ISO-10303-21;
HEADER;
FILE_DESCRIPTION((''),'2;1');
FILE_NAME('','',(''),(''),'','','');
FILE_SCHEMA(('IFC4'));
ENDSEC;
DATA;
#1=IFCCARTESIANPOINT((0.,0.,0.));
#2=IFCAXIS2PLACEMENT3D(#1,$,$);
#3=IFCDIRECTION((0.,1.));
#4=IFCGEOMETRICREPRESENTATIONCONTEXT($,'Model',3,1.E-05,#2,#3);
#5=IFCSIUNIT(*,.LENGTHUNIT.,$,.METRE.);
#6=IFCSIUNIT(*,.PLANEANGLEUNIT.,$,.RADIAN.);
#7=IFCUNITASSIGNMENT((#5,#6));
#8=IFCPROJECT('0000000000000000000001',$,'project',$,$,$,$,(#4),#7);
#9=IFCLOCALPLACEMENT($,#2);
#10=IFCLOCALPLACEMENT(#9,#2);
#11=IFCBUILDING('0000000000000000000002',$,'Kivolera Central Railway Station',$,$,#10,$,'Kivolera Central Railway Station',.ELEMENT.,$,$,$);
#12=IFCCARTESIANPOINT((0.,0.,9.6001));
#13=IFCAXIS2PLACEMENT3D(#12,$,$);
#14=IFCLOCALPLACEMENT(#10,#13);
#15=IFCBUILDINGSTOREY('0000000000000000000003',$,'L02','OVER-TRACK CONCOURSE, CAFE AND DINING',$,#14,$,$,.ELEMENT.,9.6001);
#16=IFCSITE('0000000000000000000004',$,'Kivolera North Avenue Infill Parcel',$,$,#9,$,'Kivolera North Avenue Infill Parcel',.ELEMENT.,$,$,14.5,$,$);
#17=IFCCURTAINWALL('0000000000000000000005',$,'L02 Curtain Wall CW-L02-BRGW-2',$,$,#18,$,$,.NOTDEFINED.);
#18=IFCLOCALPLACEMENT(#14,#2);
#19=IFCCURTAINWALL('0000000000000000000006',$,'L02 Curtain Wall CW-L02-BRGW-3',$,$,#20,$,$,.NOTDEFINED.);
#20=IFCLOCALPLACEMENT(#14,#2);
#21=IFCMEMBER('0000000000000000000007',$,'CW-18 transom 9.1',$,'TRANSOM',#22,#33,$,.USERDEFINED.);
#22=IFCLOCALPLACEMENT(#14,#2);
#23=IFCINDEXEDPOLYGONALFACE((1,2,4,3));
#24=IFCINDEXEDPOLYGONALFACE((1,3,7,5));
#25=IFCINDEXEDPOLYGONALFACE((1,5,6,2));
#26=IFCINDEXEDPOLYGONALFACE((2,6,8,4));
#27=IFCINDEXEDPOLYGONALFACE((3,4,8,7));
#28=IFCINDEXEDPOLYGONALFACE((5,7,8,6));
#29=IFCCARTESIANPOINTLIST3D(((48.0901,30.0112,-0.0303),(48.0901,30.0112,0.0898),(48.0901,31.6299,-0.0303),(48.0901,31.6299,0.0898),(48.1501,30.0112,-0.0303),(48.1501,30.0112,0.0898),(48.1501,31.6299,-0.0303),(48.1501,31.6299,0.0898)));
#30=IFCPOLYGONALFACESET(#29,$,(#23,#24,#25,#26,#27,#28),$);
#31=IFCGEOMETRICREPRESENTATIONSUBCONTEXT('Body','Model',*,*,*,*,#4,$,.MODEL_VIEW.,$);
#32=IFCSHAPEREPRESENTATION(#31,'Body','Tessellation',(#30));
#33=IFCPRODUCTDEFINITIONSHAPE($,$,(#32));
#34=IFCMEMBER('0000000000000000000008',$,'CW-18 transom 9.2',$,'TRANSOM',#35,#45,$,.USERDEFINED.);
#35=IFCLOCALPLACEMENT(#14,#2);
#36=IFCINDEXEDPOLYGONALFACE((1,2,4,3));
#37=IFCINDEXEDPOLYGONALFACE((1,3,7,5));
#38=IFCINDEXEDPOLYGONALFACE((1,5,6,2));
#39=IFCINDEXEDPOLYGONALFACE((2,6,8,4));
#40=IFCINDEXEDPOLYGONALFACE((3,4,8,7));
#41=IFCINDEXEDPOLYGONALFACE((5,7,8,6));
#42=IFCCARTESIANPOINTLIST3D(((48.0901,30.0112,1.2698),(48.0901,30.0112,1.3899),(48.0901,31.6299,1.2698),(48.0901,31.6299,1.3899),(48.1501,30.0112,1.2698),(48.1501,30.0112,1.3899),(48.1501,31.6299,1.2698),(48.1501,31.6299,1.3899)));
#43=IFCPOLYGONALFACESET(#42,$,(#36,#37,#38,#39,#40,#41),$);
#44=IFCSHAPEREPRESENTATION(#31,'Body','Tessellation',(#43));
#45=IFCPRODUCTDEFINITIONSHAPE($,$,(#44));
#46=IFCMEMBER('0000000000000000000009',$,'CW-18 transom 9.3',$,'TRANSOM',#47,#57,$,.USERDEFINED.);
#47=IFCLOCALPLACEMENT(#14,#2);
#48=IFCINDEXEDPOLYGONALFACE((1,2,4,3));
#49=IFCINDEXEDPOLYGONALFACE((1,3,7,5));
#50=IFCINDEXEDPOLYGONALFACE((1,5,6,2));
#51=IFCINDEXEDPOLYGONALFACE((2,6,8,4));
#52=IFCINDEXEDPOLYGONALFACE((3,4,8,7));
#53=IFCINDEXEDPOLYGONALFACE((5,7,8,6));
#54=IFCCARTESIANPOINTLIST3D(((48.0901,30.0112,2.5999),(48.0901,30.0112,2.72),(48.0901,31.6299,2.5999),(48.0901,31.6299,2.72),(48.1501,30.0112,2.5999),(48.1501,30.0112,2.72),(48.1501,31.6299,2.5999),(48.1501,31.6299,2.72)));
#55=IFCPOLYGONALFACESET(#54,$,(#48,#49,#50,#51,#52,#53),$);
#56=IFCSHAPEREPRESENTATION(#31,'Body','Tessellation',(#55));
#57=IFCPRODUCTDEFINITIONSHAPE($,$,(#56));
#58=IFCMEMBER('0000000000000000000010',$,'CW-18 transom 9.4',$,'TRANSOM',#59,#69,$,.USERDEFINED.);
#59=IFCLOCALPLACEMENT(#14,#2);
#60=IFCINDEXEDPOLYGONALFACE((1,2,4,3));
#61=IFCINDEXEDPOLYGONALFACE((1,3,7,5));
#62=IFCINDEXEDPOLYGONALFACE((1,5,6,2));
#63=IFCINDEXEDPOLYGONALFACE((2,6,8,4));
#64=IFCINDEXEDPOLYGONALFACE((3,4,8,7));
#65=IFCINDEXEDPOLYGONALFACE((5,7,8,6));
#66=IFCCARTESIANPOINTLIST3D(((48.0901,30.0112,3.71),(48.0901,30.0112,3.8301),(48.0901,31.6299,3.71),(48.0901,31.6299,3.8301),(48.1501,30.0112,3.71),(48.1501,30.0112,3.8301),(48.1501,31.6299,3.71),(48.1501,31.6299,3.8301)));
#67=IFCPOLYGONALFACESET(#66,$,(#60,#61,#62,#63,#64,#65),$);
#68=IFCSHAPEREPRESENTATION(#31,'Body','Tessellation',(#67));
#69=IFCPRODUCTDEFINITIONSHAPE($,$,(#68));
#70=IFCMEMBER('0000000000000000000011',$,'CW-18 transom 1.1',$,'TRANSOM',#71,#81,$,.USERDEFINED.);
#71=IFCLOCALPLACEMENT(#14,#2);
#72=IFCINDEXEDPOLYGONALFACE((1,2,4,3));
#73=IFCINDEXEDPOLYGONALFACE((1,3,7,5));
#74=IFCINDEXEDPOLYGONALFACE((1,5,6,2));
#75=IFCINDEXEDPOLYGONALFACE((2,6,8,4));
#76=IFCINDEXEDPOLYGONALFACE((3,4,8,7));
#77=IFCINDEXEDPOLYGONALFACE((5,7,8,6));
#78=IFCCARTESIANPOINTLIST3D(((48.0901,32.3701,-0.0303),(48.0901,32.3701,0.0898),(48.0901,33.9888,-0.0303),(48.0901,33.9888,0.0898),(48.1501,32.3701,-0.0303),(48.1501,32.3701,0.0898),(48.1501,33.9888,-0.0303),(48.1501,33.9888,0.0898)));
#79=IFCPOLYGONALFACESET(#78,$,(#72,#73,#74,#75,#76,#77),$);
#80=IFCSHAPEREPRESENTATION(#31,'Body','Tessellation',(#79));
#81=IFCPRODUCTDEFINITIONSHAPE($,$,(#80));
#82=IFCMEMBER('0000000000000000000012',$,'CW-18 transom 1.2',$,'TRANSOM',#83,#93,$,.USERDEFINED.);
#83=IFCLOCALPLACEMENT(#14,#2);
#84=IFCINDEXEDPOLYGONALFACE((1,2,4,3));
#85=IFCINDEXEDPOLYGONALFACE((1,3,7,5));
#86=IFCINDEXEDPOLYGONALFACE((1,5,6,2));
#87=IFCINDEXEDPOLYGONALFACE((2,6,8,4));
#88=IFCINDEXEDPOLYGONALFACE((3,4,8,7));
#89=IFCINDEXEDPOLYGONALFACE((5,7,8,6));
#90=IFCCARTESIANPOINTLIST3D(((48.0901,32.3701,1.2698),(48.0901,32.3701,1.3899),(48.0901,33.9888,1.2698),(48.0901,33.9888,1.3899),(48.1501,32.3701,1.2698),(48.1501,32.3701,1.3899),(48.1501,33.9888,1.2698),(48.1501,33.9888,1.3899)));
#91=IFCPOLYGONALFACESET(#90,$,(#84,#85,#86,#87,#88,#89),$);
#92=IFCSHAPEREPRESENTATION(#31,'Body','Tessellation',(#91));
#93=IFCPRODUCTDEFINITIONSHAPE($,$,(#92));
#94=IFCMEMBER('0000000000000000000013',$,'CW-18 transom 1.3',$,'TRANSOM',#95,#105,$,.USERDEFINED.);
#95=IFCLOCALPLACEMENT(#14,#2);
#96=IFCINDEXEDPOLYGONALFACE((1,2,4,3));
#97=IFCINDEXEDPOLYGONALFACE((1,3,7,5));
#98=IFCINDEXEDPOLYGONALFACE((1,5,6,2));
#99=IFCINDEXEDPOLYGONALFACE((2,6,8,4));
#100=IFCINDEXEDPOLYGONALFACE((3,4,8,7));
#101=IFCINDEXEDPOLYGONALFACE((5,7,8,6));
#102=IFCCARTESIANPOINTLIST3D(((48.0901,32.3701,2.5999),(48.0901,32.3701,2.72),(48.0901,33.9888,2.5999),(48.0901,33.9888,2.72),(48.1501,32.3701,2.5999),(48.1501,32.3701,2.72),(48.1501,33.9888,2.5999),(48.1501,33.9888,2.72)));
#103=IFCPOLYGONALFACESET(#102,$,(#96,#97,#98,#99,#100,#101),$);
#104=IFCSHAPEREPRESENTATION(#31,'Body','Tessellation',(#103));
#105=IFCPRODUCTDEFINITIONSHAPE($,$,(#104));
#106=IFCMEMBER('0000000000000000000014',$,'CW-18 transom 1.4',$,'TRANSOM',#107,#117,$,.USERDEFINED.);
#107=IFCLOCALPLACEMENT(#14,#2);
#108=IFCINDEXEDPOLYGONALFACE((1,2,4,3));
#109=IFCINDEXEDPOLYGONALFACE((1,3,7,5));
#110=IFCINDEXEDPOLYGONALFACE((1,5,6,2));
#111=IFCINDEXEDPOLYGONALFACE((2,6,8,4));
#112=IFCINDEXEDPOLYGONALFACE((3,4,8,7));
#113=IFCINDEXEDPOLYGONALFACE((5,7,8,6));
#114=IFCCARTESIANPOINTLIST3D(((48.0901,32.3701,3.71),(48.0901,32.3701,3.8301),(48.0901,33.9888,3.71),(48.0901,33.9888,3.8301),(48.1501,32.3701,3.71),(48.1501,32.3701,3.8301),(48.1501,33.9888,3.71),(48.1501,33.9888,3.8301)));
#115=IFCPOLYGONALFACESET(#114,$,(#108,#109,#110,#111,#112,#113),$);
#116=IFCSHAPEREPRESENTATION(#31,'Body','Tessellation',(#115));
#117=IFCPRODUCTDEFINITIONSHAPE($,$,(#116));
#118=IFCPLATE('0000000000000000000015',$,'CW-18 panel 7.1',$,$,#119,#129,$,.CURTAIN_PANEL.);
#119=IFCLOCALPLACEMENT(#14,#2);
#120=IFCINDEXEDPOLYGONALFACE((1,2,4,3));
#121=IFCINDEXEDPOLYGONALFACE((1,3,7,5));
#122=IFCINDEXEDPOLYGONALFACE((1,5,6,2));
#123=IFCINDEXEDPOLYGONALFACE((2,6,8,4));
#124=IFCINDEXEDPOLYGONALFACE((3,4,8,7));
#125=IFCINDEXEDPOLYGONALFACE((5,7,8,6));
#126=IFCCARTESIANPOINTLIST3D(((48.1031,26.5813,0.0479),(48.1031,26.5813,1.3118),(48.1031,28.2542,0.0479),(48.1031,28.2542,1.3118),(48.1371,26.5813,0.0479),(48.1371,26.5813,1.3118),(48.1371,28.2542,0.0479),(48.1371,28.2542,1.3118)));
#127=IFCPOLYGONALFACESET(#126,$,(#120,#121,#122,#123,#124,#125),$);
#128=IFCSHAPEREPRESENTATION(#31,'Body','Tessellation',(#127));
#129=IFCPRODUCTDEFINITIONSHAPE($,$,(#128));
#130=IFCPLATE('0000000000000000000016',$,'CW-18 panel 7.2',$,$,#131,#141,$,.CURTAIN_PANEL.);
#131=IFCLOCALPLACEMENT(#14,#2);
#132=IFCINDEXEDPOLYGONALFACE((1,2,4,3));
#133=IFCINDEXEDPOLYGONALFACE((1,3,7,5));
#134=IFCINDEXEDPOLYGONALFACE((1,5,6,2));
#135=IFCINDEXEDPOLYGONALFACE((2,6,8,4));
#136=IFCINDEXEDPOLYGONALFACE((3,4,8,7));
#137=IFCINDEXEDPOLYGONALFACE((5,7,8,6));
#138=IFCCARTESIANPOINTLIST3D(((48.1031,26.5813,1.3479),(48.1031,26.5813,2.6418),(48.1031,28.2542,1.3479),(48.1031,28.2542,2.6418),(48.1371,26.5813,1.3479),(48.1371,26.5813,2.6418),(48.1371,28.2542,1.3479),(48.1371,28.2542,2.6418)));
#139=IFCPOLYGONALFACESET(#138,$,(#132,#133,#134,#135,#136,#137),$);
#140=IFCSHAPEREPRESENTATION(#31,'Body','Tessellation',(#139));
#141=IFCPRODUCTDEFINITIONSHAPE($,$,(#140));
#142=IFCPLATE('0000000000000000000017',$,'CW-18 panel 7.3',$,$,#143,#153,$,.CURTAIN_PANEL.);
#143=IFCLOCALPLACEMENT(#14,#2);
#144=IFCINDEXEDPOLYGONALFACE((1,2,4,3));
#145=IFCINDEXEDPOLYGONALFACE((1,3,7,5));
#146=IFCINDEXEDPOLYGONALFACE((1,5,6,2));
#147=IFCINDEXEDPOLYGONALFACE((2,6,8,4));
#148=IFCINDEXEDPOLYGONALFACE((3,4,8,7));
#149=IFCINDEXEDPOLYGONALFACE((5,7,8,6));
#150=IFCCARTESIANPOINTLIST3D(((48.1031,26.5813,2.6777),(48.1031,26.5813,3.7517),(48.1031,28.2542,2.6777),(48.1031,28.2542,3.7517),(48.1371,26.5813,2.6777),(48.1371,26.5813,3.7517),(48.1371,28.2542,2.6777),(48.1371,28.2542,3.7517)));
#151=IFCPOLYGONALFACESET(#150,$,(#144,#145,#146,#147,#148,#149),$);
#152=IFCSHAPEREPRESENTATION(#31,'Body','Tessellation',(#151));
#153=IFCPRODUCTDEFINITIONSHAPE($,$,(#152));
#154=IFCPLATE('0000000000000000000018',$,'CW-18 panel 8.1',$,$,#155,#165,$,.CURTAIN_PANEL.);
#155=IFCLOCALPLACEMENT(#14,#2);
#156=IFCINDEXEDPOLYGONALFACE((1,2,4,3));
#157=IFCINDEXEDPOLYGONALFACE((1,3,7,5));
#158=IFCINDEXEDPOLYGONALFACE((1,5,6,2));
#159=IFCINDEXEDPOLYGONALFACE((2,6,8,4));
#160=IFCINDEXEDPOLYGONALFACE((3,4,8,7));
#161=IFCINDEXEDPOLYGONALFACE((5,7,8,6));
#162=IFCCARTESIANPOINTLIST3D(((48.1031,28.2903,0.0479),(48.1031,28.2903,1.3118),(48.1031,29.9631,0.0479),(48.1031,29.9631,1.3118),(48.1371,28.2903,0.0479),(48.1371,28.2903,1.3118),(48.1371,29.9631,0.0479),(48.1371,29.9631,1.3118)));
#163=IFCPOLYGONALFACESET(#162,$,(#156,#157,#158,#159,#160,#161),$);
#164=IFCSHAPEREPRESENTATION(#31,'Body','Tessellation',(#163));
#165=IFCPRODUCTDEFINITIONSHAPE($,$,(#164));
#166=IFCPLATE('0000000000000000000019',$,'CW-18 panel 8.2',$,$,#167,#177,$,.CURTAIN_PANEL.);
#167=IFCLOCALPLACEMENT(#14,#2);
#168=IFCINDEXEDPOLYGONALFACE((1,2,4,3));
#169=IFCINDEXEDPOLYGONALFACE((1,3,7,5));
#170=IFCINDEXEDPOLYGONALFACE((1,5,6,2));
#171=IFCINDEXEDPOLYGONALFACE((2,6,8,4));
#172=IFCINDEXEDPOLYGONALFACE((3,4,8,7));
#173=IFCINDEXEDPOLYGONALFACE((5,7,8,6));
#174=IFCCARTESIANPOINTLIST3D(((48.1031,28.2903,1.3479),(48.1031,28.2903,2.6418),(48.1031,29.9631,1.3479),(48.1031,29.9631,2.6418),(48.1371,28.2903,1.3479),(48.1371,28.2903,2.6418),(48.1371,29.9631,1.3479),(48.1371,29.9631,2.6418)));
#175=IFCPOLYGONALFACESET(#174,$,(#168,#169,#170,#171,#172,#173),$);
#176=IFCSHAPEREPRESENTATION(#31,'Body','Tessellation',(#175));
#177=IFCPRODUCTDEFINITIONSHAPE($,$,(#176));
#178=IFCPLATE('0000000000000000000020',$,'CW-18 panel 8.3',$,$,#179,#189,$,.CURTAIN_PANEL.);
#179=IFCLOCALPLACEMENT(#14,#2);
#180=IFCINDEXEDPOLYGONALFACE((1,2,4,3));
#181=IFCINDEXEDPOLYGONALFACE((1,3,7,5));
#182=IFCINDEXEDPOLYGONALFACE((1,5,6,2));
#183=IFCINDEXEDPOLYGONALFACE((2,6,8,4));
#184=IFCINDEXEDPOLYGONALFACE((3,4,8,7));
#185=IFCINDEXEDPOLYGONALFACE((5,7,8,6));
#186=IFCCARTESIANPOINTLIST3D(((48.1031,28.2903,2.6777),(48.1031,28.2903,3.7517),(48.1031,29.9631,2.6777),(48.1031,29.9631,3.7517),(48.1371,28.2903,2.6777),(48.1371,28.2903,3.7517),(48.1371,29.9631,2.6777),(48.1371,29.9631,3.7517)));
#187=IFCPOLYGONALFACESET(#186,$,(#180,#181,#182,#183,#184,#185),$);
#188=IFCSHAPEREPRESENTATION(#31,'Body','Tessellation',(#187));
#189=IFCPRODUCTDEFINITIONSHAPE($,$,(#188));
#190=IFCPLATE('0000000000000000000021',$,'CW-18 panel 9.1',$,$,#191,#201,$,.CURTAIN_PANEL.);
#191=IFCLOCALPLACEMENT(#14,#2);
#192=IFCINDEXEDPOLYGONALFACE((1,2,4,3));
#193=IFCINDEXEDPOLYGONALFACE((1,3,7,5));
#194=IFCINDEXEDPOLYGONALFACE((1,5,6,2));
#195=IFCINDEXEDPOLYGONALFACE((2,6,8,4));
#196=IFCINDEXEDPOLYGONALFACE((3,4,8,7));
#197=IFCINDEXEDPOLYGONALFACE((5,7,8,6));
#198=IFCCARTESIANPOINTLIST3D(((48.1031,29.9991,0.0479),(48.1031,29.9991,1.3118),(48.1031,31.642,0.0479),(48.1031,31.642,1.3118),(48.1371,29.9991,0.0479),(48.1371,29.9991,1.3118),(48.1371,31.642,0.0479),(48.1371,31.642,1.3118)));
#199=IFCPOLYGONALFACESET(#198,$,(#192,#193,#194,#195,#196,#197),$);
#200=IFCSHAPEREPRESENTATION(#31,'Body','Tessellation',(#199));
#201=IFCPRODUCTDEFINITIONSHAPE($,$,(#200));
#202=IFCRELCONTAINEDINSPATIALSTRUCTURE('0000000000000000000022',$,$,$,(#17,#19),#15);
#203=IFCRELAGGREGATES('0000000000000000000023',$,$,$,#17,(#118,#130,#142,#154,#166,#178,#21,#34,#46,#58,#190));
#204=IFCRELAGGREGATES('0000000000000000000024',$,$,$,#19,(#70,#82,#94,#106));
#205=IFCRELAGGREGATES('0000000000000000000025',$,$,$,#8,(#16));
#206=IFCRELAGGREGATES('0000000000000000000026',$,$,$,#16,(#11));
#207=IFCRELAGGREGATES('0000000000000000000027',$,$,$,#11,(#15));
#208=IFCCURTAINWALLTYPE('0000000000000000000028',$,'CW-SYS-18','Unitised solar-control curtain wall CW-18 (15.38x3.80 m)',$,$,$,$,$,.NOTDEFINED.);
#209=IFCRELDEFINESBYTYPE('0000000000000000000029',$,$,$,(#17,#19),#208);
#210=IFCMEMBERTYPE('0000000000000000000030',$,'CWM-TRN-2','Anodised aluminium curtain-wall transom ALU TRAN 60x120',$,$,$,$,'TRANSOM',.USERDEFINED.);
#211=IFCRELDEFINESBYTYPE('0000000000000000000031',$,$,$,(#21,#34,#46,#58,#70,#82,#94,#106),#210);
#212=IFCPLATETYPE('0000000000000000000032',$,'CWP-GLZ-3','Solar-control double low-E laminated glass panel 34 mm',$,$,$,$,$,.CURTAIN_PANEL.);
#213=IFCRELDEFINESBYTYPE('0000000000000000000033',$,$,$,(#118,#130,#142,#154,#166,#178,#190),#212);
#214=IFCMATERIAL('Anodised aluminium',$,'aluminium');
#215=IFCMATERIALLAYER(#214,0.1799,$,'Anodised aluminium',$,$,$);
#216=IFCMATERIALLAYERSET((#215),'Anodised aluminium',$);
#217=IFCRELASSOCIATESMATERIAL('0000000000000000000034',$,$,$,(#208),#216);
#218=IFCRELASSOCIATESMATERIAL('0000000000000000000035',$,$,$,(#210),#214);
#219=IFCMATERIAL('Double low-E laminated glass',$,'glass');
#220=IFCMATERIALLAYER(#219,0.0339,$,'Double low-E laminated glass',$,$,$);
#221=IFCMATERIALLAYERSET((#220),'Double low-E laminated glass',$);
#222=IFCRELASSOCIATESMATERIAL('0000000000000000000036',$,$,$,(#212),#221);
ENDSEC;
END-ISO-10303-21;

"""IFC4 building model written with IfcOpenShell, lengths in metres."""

from ifc_helpers import new_model, si_unit, direction, frame, origin, origin_2d, place, context, subcontext, project, spatial, rectangle, extrude, material, layer, layer_set, material_profile, profile_set, type_object, element, aggregate, save


model = new_model("IFC4")

# Units and contexts
model_context = context("Model", 3, precision=1e-05, world=origin(), true_north=direction((0.0, 1.0)))
body_context = subcontext(model_context, "Body", "Model", "MODEL_VIEW")
ifc_project = project(units=[si_unit("LENGTHUNIT", "METRE"), si_unit("PLANEANGLEUNIT", "RADIAN")], contexts=[model_context])

# Site, building, storey
site_placement = place(None, origin())
site = spatial("IfcSite", under=ifc_project, at=site_placement, Name="Kivolera North Avenue Infill Parcel", LongName="Kivolera North Avenue Infill Parcel", CompositionType="ELEMENT", RefElevation=14.5)
building_placement = place(site_placement, origin())
building = spatial("IfcBuilding", under=site, at=building_placement, Name="Kivolera Central Railway Station", LongName="Kivolera Central Railway Station", CompositionType="ELEMENT")
storey_placement = place(building_placement, frame((0.0, 0.0, 9.6001)))
storey = spatial("IfcBuildingStorey", under=building, at=storey_placement, Name="L02", Description="OVER-TRACK CONCOURSE, CAFE AND DINING", CompositionType="ELEMENT", Elevation=9.6001)

# Curtain wall
ifc_material_1 = material(Name="Anodised aluminium", Category="aluminium")
ifc_layer_1 = layer(ifc_material_1, 0.1799, Name="Anodised aluminium")
ifc_layer_set_1 = layer_set([ifc_layer_1], Name="Anodised aluminium")
curtain_wall_type = type_object("IfcCurtainWallType", Name="CW-SYS-18", Description="Unitised solar-control curtain wall CW-18 (15.38x3.80 m)", PredefinedType="NOTDEFINED", material=ifc_layer_set_1)
curtain_wall_1_placement = place(storey_placement, origin())
curtain_wall_1 = element("IfcCurtainWall", 1, at=curtain_wall_1_placement, inside=storey, type_object=curtain_wall_type, Name="L02 Curtain Wall CW-L02-BRGW-2", PredefinedType="NOTDEFINED")

# Curtain wall
curtain_wall_2_placement = place(storey_placement, origin())
curtain_wall_2 = element("IfcCurtainWall", 2, at=curtain_wall_2_placement, inside=storey, type_object=curtain_wall_type, Name="L02 Curtain Wall CW-L02-BRGW-3", PredefinedType="NOTDEFINED")

# Members
ifc_material_profile_1 = material_profile(ifc_material_1, rectangle(XDim=0.0601, YDim=0.1201, at=origin_2d()), Name="ALU TRAN 60x120")
ifc_profile_set_1 = profile_set([ifc_material_profile_1], Name="Anodised aluminium")
member_type_1 = type_object("IfcMemberType", Name="CWM-TRN-2", Description="Anodised aluminium curtain-wall transom ALU TRAN 60x120", ElementType="TRANSOM", PredefinedType="USERDEFINED", material=ifc_profile_set_1)
member_1_placement = place(storey_placement, frame((48.1201, 30.0112, 0.0298), z_axis=(0.0, 1.0, 0.0), x_axis=(-1.0, 0.0, 0.0)))
member_1 = element("IfcMember", 3, at=member_1_placement, type_object=member_type_1, Name="CW-18 transom 9.1", ObjectType="TRANSOM", PredefinedType="USERDEFINED", context=body_context, shape_type="SweptSolid", body=[
    extrude(rectangle(XDim=0.0601, YDim=0.1201, at=origin_2d()), origin(), (0.0, 0.0, 1.0), 1.6187),
])
member_2_placement = place(storey_placement, frame((48.1201, 30.0112, 1.3298), z_axis=(0.0, 1.0, 0.0), x_axis=(-1.0, 0.0, 0.0)))
member_2 = element("IfcMember", 4, at=member_2_placement, type_object=member_type_1, Name="CW-18 transom 9.2", ObjectType="TRANSOM", PredefinedType="USERDEFINED", context=body_context, shape_type="SweptSolid", body=[
    extrude(rectangle(XDim=0.0601, YDim=0.1201, at=origin_2d()), origin(), (0.0, 0.0, 1.0), 1.6187),
])
member_3_placement = place(storey_placement, frame((48.1201, 30.0112, 2.6599), z_axis=(0.0, 1.0, 0.0), x_axis=(-1.0, 0.0, 0.0)))
member_3 = element("IfcMember", 5, at=member_3_placement, type_object=member_type_1, Name="CW-18 transom 9.3", ObjectType="TRANSOM", PredefinedType="USERDEFINED", context=body_context, shape_type="SweptSolid", body=[
    extrude(rectangle(XDim=0.0601, YDim=0.1201, at=origin_2d()), origin(), (0.0, 0.0, 1.0), 1.6187),
])
member_4_placement = place(storey_placement, frame((48.1201, 30.0112, 3.77), z_axis=(0.0, 1.0, 0.0), x_axis=(-1.0, 0.0, 0.0)))
member_4 = element("IfcMember", 6, at=member_4_placement, type_object=member_type_1, Name="CW-18 transom 9.4", ObjectType="TRANSOM", PredefinedType="USERDEFINED", context=body_context, shape_type="SweptSolid", body=[
    extrude(rectangle(XDim=0.0601, YDim=0.1201, at=origin_2d()), origin(), (0.0, 0.0, 1.0), 1.6187),
])
member_5_placement = place(storey_placement, frame((48.1201, 32.3701, 0.0298), z_axis=(0.0, 1.0, 0.0), x_axis=(-1.0, 0.0, 0.0)))
member_5 = element("IfcMember", 7, at=member_5_placement, type_object=member_type_1, Name="CW-18 transom 1.1", ObjectType="TRANSOM", PredefinedType="USERDEFINED", context=body_context, shape_type="SweptSolid", body=[
    extrude(rectangle(XDim=0.0601, YDim=0.1201, at=origin_2d()), origin(), (0.0, 0.0, 1.0), 1.6187),
])
member_6_placement = place(storey_placement, frame((48.1201, 32.3701, 1.3298), z_axis=(0.0, 1.0, 0.0), x_axis=(-1.0, 0.0, 0.0)))
member_6 = element("IfcMember", 8, at=member_6_placement, type_object=member_type_1, Name="CW-18 transom 1.2", ObjectType="TRANSOM", PredefinedType="USERDEFINED", context=body_context, shape_type="SweptSolid", body=[
    extrude(rectangle(XDim=0.0601, YDim=0.1201, at=origin_2d()), origin(), (0.0, 0.0, 1.0), 1.6187),
])
member_7_placement = place(storey_placement, frame((48.1201, 32.3701, 2.6599), z_axis=(0.0, 1.0, 0.0), x_axis=(-1.0, 0.0, 0.0)))
member_7 = element("IfcMember", 9, at=member_7_placement, type_object=member_type_1, Name="CW-18 transom 1.3", ObjectType="TRANSOM", PredefinedType="USERDEFINED", context=body_context, shape_type="SweptSolid", body=[
    extrude(rectangle(XDim=0.0601, YDim=0.1201, at=origin_2d()), origin(), (0.0, 0.0, 1.0), 1.6187),
])
member_8_placement = place(storey_placement, frame((48.1201, 32.3701, 3.77), z_axis=(0.0, 1.0, 0.0), x_axis=(-1.0, 0.0, 0.0)))
member_8 = element("IfcMember", 10, at=member_8_placement, type_object=member_type_1, Name="CW-18 transom 1.4", ObjectType="TRANSOM", PredefinedType="USERDEFINED", context=body_context, shape_type="SweptSolid", body=[
    extrude(rectangle(XDim=0.0601, YDim=0.1201, at=origin_2d()), origin(), (0.0, 0.0, 1.0), 1.6187),
])

# Plates
ifc_material_2 = material(Name="Double low-E laminated glass", Category="glass")
ifc_layer_2 = layer(ifc_material_2, 0.0339, Name="Double low-E laminated glass")
ifc_layer_set_2 = layer_set([ifc_layer_2], Name="Double low-E laminated glass")
plate_type_1 = type_object("IfcPlateType", Name="CWP-GLZ-3", Description="Solar-control double low-E laminated glass panel 34 mm", PredefinedType="CURTAIN_PANEL", material=ifc_layer_set_2)
plate_1_placement = place(storey_placement, frame((48.1201, 27.4177, 0.0479), z_axis=(0.0, 0.0, 1.0), x_axis=(0.0, 1.0, 0.0)))
plate_1 = element("IfcPlate", 11, at=plate_1_placement, type_object=plate_type_1, Name="CW-18 panel 7.1", PredefinedType="CURTAIN_PANEL", context=body_context, shape_type="SweptSolid", body=[
    extrude(rectangle(XDim=1.6729, YDim=0.0339, at=origin_2d()), origin(), (0.0, 0.0, 1.0), 1.2639),
])
plate_2_placement = place(storey_placement, frame((48.1201, 27.4177, 1.3479), z_axis=(0.0, 0.0, 1.0), x_axis=(0.0, 1.0, 0.0)))
plate_2 = element("IfcPlate", 12, at=plate_2_placement, type_object=plate_type_1, Name="CW-18 panel 7.2", PredefinedType="CURTAIN_PANEL", context=body_context, shape_type="SweptSolid", body=[
    extrude(rectangle(XDim=1.6729, YDim=0.0339, at=origin_2d()), origin(), (0.0, 0.0, 1.0), 1.2939),
])
plate_3_placement = place(storey_placement, frame((48.1201, 27.4177, 2.6777), z_axis=(0.0, 0.0, 1.0), x_axis=(0.0, 1.0, 0.0)))
plate_3 = element("IfcPlate", 13, at=plate_3_placement, type_object=plate_type_1, Name="CW-18 panel 7.3", PredefinedType="CURTAIN_PANEL", context=body_context, shape_type="SweptSolid", body=[
    extrude(rectangle(XDim=1.6729, YDim=0.0339, at=origin_2d()), origin(), (0.0, 0.0, 1.0), 1.074),
])
plate_4_placement = place(storey_placement, frame((48.1201, 29.1267, 0.0479), z_axis=(0.0, 0.0, 1.0), x_axis=(0.0, 1.0, 0.0)))
plate_4 = element("IfcPlate", 14, at=plate_4_placement, type_object=plate_type_1, Name="CW-18 panel 8.1", PredefinedType="CURTAIN_PANEL", context=body_context, shape_type="SweptSolid", body=[
    extrude(rectangle(XDim=1.6729, YDim=0.0339, at=origin_2d()), origin(), (0.0, 0.0, 1.0), 1.2639),
])
plate_5_placement = place(storey_placement, frame((48.1201, 29.1267, 1.3479), z_axis=(0.0, 0.0, 1.0), x_axis=(0.0, 1.0, 0.0)))
plate_5 = element("IfcPlate", 15, at=plate_5_placement, type_object=plate_type_1, Name="CW-18 panel 8.2", PredefinedType="CURTAIN_PANEL", context=body_context, shape_type="SweptSolid", body=[
    extrude(rectangle(XDim=1.6729, YDim=0.0339, at=origin_2d()), origin(), (0.0, 0.0, 1.0), 1.2939),
])
plate_6_placement = place(storey_placement, frame((48.1201, 29.1267, 2.6777), z_axis=(0.0, 0.0, 1.0), x_axis=(0.0, 1.0, 0.0)))
plate_6 = element("IfcPlate", 16, at=plate_6_placement, type_object=plate_type_1, Name="CW-18 panel 8.3", PredefinedType="CURTAIN_PANEL", context=body_context, shape_type="SweptSolid", body=[
    extrude(rectangle(XDim=1.6729, YDim=0.0339, at=origin_2d()), origin(), (0.0, 0.0, 1.0), 1.074),
])
plate_7_placement = place(storey_placement, frame((48.1201, 30.8206, 0.0479), z_axis=(0.0, 0.0, 1.0), x_axis=(0.0, 1.0, 0.0)))
plate_7 = element("IfcPlate", 17, at=plate_7_placement, type_object=plate_type_1, Name="CW-18 panel 9.1", PredefinedType="CURTAIN_PANEL", context=body_context, shape_type="SweptSolid", body=[
    extrude(rectangle(XDim=1.6428, YDim=0.0339, at=origin_2d()), origin(), (0.0, 0.0, 1.0), 1.2639),
])
aggregate(curtain_wall_1, [plate_1, plate_2, plate_3, plate_4, plate_5, plate_6, member_1, member_2, member_3, member_4, plate_7])
aggregate(curtain_wall_2, [member_5, member_6, member_7, member_8])

save(model, "model.ifc")
